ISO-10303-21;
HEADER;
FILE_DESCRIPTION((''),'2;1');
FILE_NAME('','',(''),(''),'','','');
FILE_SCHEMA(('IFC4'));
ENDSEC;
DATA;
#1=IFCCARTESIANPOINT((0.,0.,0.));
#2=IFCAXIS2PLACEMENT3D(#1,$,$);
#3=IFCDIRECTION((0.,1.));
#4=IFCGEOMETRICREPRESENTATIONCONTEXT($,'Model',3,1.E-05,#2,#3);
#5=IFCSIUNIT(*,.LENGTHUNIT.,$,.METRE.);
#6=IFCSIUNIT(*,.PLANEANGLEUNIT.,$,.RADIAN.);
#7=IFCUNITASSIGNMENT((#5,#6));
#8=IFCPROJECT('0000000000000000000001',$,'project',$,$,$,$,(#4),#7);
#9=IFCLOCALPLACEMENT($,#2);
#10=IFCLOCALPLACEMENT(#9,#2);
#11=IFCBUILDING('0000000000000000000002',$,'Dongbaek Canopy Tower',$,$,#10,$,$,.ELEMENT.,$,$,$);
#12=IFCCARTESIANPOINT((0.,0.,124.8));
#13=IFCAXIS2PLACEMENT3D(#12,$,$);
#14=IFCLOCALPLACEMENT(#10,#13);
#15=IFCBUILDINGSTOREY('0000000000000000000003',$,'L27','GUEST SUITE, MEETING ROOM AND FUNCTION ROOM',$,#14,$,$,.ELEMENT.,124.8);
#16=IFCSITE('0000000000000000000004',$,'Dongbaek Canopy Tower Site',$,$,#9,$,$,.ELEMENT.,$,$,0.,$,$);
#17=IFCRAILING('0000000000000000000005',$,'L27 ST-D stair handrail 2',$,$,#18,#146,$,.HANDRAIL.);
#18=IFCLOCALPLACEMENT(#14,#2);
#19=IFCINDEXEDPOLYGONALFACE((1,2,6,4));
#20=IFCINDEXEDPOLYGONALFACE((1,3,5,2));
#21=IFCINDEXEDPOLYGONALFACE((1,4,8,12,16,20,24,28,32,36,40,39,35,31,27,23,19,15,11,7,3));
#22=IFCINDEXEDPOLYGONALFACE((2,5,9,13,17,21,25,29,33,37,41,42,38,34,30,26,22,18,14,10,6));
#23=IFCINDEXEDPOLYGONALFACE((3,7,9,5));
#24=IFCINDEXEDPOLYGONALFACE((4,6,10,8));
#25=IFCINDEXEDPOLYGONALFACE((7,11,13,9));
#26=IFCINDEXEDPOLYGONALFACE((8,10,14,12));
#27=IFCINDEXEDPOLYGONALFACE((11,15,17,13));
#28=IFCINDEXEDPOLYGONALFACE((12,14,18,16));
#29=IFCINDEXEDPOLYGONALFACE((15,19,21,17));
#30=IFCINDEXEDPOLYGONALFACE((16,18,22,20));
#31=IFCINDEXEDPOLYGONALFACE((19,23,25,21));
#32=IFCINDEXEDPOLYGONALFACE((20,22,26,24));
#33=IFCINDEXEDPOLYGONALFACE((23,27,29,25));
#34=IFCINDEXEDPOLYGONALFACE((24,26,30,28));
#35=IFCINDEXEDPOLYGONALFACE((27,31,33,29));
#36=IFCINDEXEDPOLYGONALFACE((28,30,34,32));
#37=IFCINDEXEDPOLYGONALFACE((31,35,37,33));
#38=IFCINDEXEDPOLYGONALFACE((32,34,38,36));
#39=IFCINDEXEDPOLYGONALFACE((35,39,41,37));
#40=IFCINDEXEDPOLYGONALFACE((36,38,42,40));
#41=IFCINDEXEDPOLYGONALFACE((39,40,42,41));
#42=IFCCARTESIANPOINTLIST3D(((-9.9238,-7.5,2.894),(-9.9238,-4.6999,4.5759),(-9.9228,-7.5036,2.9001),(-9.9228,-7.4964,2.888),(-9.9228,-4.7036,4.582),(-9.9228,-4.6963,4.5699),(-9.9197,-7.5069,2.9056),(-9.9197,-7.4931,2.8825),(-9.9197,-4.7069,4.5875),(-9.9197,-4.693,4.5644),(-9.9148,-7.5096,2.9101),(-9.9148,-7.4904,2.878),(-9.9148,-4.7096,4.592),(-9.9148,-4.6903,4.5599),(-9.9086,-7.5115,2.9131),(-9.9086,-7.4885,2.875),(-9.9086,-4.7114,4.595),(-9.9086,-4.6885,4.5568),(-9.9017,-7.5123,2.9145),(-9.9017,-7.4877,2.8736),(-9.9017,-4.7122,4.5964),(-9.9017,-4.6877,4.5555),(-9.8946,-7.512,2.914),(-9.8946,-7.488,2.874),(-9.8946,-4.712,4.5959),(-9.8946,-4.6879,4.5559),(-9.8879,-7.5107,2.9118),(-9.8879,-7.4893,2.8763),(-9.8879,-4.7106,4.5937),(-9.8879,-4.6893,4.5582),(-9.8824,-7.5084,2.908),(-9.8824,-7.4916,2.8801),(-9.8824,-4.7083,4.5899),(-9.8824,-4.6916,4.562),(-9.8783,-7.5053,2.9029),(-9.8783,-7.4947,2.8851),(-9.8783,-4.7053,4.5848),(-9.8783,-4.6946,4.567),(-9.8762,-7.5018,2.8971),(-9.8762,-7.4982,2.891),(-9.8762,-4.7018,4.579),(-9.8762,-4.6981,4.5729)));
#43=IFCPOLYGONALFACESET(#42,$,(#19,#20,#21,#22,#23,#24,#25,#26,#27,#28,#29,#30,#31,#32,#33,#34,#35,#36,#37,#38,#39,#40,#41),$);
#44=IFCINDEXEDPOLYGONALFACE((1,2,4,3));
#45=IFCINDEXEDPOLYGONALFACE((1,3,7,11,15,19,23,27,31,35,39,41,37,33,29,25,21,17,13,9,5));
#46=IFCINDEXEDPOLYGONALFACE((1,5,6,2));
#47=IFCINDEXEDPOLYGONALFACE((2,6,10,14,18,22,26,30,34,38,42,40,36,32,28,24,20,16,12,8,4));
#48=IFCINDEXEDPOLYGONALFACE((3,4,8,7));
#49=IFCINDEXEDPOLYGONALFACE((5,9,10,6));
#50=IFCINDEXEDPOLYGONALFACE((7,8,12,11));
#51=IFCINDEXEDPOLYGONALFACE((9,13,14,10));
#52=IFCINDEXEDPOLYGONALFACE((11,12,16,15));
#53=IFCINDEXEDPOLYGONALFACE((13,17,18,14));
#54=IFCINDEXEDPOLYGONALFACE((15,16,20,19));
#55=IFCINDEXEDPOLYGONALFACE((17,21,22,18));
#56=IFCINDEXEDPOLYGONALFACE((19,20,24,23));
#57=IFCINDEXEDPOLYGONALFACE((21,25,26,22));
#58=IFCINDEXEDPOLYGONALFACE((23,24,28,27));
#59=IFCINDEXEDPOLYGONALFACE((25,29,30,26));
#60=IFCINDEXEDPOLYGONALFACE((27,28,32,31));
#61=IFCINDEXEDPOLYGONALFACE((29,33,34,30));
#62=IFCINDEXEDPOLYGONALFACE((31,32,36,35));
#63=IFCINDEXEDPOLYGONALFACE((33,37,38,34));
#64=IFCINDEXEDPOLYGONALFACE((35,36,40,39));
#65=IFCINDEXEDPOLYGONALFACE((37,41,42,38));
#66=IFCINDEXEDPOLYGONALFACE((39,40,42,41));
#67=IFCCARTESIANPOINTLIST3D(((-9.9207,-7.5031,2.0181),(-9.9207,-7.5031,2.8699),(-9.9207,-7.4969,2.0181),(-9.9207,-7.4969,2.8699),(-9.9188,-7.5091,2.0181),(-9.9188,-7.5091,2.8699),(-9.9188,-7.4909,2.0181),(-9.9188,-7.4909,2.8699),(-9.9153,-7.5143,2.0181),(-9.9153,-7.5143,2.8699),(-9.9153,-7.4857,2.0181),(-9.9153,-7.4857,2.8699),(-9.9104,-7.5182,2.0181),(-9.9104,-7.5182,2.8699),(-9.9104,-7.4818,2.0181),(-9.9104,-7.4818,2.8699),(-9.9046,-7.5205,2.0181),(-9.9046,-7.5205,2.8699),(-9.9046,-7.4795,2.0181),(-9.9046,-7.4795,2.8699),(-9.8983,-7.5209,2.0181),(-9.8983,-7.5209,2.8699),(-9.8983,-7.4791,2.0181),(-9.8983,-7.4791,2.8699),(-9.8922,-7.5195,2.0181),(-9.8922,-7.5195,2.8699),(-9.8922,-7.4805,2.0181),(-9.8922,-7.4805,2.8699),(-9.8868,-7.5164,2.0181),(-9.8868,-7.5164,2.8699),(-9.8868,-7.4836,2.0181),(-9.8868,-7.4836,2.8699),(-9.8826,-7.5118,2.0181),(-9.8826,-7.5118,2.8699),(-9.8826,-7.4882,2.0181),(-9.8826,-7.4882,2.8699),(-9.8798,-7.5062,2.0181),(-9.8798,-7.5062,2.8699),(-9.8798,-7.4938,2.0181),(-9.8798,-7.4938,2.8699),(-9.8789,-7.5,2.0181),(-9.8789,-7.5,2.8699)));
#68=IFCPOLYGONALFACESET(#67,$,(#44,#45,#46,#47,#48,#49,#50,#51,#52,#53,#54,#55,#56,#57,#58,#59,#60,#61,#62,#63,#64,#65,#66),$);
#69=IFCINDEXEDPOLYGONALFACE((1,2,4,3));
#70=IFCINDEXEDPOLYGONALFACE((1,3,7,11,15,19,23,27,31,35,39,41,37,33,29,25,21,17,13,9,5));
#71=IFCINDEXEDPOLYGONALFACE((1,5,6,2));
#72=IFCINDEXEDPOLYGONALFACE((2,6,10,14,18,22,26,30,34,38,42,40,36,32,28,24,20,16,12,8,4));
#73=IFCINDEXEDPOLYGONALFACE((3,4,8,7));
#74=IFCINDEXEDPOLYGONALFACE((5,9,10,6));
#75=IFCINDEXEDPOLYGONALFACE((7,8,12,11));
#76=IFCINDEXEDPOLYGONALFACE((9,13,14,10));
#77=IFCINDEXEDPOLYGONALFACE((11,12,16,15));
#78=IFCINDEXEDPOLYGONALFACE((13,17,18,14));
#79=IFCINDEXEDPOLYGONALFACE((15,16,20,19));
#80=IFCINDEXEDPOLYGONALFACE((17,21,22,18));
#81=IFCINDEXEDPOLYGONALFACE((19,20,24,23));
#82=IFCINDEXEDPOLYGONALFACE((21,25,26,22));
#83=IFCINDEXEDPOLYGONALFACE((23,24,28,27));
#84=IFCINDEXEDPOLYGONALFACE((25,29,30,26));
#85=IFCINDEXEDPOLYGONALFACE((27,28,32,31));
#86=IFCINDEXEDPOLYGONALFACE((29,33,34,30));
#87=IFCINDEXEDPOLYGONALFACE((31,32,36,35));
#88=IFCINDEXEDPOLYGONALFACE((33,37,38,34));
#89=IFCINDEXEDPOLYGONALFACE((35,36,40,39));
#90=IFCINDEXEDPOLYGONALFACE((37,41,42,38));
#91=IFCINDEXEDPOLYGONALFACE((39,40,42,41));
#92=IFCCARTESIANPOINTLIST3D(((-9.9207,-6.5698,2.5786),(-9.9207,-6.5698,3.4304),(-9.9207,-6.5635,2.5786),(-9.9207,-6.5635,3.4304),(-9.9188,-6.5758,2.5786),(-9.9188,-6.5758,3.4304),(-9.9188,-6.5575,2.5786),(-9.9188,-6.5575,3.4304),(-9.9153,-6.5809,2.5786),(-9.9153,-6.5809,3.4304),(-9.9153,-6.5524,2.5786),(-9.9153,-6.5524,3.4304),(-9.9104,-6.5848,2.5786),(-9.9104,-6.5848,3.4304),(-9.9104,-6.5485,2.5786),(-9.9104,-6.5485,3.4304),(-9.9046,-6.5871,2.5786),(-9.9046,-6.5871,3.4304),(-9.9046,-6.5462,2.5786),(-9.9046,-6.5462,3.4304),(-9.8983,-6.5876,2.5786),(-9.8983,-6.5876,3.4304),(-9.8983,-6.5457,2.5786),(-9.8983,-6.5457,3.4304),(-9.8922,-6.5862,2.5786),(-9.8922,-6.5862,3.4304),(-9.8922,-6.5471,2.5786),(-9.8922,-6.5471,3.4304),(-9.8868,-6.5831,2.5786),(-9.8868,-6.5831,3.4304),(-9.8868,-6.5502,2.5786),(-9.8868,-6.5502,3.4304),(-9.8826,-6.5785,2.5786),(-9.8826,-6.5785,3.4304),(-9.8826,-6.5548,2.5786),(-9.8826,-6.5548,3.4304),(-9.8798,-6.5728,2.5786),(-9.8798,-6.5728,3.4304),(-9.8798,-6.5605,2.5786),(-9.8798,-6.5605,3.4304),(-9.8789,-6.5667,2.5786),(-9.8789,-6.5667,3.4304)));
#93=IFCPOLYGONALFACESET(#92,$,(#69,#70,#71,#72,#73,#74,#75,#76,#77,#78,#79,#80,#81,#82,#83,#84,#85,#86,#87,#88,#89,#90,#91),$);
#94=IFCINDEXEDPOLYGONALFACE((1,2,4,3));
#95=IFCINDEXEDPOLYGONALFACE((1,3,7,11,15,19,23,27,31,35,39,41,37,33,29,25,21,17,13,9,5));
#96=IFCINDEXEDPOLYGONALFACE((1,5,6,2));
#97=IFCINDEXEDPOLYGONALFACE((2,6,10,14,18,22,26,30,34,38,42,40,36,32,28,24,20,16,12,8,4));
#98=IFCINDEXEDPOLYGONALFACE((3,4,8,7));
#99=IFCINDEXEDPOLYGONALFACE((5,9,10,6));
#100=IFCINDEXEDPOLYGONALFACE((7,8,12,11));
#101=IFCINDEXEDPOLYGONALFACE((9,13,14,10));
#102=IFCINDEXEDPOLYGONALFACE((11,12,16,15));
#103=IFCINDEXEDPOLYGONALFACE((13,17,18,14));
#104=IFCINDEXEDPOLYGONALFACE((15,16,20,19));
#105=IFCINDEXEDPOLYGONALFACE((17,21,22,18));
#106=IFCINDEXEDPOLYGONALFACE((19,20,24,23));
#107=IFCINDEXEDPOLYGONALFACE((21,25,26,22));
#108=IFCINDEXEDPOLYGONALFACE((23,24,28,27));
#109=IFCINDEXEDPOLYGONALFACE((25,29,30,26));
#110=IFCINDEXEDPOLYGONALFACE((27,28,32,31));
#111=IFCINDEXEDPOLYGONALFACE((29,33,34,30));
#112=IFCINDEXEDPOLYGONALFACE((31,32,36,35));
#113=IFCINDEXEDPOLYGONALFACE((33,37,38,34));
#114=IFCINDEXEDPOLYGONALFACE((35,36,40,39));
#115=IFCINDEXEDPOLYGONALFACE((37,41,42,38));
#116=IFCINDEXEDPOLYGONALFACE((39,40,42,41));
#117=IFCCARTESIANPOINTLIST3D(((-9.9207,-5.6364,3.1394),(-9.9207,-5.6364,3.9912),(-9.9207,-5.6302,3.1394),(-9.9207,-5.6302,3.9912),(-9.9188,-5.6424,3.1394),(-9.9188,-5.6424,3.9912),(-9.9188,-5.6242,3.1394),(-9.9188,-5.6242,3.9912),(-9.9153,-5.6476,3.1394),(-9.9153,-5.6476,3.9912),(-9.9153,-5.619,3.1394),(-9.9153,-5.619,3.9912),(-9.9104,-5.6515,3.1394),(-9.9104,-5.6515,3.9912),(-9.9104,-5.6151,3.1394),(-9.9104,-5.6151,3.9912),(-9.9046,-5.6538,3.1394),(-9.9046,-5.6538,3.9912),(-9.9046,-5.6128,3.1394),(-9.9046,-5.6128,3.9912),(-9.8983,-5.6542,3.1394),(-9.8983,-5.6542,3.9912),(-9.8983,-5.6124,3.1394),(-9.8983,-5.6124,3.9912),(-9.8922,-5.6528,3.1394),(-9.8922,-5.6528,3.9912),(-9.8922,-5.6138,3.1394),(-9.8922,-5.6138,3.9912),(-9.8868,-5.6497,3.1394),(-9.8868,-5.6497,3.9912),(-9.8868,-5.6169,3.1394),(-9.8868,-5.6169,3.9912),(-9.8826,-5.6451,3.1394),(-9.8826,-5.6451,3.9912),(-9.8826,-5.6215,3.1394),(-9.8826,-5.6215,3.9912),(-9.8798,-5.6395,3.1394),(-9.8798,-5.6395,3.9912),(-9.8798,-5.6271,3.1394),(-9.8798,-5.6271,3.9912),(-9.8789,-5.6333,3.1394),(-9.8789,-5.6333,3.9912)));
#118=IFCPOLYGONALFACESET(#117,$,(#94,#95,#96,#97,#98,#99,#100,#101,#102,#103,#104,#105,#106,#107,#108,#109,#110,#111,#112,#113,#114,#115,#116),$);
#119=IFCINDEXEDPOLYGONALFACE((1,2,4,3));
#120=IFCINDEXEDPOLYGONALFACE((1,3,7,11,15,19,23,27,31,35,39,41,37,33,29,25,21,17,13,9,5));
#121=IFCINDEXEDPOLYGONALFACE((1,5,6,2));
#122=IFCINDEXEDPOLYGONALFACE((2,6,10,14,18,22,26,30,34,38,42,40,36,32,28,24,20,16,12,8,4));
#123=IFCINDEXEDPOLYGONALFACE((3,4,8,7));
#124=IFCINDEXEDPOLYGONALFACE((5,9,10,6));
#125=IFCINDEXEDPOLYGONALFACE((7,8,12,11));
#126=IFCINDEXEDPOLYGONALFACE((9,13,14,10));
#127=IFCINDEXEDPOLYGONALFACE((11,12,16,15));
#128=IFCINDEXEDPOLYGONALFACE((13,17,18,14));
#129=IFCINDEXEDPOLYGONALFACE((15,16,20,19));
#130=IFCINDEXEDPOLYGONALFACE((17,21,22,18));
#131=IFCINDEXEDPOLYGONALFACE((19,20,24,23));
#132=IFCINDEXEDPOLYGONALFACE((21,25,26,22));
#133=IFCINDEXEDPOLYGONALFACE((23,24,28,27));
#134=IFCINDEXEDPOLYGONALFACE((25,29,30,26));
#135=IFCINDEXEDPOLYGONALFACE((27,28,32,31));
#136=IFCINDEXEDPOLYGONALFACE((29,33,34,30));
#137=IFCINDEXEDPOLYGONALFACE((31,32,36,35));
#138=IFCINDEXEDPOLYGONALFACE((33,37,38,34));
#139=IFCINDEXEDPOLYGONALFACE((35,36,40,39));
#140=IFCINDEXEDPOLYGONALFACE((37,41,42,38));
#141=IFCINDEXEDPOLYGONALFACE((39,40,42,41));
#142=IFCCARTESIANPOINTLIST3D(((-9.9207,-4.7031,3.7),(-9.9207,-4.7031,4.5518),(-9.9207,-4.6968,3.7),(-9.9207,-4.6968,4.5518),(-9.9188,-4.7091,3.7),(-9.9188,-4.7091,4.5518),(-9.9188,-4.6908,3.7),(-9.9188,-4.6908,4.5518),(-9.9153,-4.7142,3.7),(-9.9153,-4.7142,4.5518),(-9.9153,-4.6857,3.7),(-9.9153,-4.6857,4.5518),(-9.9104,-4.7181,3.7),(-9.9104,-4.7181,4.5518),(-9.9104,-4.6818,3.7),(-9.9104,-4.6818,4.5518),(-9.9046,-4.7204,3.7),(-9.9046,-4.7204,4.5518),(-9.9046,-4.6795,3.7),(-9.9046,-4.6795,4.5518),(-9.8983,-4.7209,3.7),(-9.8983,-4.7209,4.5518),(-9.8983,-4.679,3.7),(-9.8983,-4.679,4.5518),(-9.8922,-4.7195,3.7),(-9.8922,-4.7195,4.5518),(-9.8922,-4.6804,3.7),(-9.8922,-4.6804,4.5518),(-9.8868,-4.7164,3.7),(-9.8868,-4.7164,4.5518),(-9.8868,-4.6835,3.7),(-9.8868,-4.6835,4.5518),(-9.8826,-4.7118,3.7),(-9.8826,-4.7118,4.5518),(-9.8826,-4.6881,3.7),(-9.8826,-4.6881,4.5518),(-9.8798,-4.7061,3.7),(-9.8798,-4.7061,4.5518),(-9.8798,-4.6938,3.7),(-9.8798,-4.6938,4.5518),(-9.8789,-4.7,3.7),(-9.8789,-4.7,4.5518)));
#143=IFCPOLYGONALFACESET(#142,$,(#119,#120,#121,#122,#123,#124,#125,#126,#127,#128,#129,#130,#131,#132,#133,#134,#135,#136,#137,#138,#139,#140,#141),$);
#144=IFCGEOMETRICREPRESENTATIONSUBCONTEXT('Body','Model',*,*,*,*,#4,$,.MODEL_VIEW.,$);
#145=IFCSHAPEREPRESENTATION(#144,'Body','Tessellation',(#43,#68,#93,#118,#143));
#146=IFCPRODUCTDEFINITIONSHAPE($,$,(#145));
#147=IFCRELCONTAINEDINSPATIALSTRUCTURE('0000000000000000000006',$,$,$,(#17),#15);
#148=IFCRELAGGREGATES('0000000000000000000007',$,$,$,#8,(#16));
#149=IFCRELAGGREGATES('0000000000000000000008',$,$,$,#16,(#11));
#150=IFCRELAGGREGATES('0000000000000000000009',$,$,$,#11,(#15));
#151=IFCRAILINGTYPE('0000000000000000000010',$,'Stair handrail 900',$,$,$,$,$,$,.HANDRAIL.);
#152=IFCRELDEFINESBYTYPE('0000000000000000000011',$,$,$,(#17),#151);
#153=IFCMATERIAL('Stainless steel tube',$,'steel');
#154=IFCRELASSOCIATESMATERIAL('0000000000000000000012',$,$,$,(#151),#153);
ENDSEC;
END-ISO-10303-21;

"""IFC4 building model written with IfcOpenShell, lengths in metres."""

from ifc_helpers import new_model, si_unit, direction, frame, origin, origin_2d, place, context, subcontext, project, spatial, circle, extrude, material, type_object, element, save


model = new_model("IFC4")

# Units and contexts
model_context = context("Model", 3, precision=1e-05, world=origin(), true_north=direction((0.0, 1.0)))
body_context = subcontext(model_context, "Body", "Model", "MODEL_VIEW")
ifc_project = project(units=[si_unit("LENGTHUNIT", "METRE"), si_unit("PLANEANGLEUNIT", "RADIAN")], contexts=[model_context])

# Site, building, storey
site_placement = place(None, origin())
site = spatial("IfcSite", under=ifc_project, at=site_placement, Name="Dongbaek Canopy Tower Site", CompositionType="ELEMENT", RefElevation=0.0)
building_placement = place(site_placement, origin())
building = spatial("IfcBuilding", under=site, at=building_placement, Name="Dongbaek Canopy Tower", CompositionType="ELEMENT")
storey_placement = place(building_placement, frame((0.0, 0.0, 124.8)))
storey = spatial("IfcBuildingStorey", under=building, at=storey_placement, Name="L27", Description="GUEST SUITE, MEETING ROOM AND FUNCTION ROOM", CompositionType="ELEMENT", Elevation=124.8)

# Railing
ifc_material_1 = material(Name="Stainless steel tube", Category="steel")
railing_type_1 = type_object("IfcRailingType", Name="Stair handrail 900", PredefinedType="HANDRAIL", material=ifc_material_1)
railing_1_placement = place(storey_placement, frame((-9.8999, -7.5, 2.0181)))
element("IfcRailing", 1, at=railing_1_placement, inside=storey, type_object=railing_type_1, Name="L27 ST-D stair handrail 2", PredefinedType="HANDRAIL", context=body_context, shape_type="SweptSolid", body=[
    extrude(circle(Radius=0.0239, at=origin_2d()), frame((0.0, 0.0, 0.876), z_axis=(0.0, 0.857242, 0.514913), x_axis=(-1.0, 0.0, 0.0)), (0.0, 0.0, 1.0), 3.2664),
    extrude(circle(Radius=0.021, at=origin_2d()), origin(), (0.0, 0.0, 1.0), 0.8518),
    extrude(circle(Radius=0.021, at=origin_2d()), frame((0.0, 0.9333, 0.5605)), (0.0, 0.0, 1.0), 0.8518),
    extrude(circle(Radius=0.021, at=origin_2d()), frame((0.0, 1.8667, 1.1213)), (0.0, 0.0, 1.0), 0.8518),
    extrude(circle(Radius=0.021, at=origin_2d()), frame((0.0, 2.8, 1.6819)), (0.0, 0.0, 1.0), 0.8518),
])

save(model, "model.ifc")
